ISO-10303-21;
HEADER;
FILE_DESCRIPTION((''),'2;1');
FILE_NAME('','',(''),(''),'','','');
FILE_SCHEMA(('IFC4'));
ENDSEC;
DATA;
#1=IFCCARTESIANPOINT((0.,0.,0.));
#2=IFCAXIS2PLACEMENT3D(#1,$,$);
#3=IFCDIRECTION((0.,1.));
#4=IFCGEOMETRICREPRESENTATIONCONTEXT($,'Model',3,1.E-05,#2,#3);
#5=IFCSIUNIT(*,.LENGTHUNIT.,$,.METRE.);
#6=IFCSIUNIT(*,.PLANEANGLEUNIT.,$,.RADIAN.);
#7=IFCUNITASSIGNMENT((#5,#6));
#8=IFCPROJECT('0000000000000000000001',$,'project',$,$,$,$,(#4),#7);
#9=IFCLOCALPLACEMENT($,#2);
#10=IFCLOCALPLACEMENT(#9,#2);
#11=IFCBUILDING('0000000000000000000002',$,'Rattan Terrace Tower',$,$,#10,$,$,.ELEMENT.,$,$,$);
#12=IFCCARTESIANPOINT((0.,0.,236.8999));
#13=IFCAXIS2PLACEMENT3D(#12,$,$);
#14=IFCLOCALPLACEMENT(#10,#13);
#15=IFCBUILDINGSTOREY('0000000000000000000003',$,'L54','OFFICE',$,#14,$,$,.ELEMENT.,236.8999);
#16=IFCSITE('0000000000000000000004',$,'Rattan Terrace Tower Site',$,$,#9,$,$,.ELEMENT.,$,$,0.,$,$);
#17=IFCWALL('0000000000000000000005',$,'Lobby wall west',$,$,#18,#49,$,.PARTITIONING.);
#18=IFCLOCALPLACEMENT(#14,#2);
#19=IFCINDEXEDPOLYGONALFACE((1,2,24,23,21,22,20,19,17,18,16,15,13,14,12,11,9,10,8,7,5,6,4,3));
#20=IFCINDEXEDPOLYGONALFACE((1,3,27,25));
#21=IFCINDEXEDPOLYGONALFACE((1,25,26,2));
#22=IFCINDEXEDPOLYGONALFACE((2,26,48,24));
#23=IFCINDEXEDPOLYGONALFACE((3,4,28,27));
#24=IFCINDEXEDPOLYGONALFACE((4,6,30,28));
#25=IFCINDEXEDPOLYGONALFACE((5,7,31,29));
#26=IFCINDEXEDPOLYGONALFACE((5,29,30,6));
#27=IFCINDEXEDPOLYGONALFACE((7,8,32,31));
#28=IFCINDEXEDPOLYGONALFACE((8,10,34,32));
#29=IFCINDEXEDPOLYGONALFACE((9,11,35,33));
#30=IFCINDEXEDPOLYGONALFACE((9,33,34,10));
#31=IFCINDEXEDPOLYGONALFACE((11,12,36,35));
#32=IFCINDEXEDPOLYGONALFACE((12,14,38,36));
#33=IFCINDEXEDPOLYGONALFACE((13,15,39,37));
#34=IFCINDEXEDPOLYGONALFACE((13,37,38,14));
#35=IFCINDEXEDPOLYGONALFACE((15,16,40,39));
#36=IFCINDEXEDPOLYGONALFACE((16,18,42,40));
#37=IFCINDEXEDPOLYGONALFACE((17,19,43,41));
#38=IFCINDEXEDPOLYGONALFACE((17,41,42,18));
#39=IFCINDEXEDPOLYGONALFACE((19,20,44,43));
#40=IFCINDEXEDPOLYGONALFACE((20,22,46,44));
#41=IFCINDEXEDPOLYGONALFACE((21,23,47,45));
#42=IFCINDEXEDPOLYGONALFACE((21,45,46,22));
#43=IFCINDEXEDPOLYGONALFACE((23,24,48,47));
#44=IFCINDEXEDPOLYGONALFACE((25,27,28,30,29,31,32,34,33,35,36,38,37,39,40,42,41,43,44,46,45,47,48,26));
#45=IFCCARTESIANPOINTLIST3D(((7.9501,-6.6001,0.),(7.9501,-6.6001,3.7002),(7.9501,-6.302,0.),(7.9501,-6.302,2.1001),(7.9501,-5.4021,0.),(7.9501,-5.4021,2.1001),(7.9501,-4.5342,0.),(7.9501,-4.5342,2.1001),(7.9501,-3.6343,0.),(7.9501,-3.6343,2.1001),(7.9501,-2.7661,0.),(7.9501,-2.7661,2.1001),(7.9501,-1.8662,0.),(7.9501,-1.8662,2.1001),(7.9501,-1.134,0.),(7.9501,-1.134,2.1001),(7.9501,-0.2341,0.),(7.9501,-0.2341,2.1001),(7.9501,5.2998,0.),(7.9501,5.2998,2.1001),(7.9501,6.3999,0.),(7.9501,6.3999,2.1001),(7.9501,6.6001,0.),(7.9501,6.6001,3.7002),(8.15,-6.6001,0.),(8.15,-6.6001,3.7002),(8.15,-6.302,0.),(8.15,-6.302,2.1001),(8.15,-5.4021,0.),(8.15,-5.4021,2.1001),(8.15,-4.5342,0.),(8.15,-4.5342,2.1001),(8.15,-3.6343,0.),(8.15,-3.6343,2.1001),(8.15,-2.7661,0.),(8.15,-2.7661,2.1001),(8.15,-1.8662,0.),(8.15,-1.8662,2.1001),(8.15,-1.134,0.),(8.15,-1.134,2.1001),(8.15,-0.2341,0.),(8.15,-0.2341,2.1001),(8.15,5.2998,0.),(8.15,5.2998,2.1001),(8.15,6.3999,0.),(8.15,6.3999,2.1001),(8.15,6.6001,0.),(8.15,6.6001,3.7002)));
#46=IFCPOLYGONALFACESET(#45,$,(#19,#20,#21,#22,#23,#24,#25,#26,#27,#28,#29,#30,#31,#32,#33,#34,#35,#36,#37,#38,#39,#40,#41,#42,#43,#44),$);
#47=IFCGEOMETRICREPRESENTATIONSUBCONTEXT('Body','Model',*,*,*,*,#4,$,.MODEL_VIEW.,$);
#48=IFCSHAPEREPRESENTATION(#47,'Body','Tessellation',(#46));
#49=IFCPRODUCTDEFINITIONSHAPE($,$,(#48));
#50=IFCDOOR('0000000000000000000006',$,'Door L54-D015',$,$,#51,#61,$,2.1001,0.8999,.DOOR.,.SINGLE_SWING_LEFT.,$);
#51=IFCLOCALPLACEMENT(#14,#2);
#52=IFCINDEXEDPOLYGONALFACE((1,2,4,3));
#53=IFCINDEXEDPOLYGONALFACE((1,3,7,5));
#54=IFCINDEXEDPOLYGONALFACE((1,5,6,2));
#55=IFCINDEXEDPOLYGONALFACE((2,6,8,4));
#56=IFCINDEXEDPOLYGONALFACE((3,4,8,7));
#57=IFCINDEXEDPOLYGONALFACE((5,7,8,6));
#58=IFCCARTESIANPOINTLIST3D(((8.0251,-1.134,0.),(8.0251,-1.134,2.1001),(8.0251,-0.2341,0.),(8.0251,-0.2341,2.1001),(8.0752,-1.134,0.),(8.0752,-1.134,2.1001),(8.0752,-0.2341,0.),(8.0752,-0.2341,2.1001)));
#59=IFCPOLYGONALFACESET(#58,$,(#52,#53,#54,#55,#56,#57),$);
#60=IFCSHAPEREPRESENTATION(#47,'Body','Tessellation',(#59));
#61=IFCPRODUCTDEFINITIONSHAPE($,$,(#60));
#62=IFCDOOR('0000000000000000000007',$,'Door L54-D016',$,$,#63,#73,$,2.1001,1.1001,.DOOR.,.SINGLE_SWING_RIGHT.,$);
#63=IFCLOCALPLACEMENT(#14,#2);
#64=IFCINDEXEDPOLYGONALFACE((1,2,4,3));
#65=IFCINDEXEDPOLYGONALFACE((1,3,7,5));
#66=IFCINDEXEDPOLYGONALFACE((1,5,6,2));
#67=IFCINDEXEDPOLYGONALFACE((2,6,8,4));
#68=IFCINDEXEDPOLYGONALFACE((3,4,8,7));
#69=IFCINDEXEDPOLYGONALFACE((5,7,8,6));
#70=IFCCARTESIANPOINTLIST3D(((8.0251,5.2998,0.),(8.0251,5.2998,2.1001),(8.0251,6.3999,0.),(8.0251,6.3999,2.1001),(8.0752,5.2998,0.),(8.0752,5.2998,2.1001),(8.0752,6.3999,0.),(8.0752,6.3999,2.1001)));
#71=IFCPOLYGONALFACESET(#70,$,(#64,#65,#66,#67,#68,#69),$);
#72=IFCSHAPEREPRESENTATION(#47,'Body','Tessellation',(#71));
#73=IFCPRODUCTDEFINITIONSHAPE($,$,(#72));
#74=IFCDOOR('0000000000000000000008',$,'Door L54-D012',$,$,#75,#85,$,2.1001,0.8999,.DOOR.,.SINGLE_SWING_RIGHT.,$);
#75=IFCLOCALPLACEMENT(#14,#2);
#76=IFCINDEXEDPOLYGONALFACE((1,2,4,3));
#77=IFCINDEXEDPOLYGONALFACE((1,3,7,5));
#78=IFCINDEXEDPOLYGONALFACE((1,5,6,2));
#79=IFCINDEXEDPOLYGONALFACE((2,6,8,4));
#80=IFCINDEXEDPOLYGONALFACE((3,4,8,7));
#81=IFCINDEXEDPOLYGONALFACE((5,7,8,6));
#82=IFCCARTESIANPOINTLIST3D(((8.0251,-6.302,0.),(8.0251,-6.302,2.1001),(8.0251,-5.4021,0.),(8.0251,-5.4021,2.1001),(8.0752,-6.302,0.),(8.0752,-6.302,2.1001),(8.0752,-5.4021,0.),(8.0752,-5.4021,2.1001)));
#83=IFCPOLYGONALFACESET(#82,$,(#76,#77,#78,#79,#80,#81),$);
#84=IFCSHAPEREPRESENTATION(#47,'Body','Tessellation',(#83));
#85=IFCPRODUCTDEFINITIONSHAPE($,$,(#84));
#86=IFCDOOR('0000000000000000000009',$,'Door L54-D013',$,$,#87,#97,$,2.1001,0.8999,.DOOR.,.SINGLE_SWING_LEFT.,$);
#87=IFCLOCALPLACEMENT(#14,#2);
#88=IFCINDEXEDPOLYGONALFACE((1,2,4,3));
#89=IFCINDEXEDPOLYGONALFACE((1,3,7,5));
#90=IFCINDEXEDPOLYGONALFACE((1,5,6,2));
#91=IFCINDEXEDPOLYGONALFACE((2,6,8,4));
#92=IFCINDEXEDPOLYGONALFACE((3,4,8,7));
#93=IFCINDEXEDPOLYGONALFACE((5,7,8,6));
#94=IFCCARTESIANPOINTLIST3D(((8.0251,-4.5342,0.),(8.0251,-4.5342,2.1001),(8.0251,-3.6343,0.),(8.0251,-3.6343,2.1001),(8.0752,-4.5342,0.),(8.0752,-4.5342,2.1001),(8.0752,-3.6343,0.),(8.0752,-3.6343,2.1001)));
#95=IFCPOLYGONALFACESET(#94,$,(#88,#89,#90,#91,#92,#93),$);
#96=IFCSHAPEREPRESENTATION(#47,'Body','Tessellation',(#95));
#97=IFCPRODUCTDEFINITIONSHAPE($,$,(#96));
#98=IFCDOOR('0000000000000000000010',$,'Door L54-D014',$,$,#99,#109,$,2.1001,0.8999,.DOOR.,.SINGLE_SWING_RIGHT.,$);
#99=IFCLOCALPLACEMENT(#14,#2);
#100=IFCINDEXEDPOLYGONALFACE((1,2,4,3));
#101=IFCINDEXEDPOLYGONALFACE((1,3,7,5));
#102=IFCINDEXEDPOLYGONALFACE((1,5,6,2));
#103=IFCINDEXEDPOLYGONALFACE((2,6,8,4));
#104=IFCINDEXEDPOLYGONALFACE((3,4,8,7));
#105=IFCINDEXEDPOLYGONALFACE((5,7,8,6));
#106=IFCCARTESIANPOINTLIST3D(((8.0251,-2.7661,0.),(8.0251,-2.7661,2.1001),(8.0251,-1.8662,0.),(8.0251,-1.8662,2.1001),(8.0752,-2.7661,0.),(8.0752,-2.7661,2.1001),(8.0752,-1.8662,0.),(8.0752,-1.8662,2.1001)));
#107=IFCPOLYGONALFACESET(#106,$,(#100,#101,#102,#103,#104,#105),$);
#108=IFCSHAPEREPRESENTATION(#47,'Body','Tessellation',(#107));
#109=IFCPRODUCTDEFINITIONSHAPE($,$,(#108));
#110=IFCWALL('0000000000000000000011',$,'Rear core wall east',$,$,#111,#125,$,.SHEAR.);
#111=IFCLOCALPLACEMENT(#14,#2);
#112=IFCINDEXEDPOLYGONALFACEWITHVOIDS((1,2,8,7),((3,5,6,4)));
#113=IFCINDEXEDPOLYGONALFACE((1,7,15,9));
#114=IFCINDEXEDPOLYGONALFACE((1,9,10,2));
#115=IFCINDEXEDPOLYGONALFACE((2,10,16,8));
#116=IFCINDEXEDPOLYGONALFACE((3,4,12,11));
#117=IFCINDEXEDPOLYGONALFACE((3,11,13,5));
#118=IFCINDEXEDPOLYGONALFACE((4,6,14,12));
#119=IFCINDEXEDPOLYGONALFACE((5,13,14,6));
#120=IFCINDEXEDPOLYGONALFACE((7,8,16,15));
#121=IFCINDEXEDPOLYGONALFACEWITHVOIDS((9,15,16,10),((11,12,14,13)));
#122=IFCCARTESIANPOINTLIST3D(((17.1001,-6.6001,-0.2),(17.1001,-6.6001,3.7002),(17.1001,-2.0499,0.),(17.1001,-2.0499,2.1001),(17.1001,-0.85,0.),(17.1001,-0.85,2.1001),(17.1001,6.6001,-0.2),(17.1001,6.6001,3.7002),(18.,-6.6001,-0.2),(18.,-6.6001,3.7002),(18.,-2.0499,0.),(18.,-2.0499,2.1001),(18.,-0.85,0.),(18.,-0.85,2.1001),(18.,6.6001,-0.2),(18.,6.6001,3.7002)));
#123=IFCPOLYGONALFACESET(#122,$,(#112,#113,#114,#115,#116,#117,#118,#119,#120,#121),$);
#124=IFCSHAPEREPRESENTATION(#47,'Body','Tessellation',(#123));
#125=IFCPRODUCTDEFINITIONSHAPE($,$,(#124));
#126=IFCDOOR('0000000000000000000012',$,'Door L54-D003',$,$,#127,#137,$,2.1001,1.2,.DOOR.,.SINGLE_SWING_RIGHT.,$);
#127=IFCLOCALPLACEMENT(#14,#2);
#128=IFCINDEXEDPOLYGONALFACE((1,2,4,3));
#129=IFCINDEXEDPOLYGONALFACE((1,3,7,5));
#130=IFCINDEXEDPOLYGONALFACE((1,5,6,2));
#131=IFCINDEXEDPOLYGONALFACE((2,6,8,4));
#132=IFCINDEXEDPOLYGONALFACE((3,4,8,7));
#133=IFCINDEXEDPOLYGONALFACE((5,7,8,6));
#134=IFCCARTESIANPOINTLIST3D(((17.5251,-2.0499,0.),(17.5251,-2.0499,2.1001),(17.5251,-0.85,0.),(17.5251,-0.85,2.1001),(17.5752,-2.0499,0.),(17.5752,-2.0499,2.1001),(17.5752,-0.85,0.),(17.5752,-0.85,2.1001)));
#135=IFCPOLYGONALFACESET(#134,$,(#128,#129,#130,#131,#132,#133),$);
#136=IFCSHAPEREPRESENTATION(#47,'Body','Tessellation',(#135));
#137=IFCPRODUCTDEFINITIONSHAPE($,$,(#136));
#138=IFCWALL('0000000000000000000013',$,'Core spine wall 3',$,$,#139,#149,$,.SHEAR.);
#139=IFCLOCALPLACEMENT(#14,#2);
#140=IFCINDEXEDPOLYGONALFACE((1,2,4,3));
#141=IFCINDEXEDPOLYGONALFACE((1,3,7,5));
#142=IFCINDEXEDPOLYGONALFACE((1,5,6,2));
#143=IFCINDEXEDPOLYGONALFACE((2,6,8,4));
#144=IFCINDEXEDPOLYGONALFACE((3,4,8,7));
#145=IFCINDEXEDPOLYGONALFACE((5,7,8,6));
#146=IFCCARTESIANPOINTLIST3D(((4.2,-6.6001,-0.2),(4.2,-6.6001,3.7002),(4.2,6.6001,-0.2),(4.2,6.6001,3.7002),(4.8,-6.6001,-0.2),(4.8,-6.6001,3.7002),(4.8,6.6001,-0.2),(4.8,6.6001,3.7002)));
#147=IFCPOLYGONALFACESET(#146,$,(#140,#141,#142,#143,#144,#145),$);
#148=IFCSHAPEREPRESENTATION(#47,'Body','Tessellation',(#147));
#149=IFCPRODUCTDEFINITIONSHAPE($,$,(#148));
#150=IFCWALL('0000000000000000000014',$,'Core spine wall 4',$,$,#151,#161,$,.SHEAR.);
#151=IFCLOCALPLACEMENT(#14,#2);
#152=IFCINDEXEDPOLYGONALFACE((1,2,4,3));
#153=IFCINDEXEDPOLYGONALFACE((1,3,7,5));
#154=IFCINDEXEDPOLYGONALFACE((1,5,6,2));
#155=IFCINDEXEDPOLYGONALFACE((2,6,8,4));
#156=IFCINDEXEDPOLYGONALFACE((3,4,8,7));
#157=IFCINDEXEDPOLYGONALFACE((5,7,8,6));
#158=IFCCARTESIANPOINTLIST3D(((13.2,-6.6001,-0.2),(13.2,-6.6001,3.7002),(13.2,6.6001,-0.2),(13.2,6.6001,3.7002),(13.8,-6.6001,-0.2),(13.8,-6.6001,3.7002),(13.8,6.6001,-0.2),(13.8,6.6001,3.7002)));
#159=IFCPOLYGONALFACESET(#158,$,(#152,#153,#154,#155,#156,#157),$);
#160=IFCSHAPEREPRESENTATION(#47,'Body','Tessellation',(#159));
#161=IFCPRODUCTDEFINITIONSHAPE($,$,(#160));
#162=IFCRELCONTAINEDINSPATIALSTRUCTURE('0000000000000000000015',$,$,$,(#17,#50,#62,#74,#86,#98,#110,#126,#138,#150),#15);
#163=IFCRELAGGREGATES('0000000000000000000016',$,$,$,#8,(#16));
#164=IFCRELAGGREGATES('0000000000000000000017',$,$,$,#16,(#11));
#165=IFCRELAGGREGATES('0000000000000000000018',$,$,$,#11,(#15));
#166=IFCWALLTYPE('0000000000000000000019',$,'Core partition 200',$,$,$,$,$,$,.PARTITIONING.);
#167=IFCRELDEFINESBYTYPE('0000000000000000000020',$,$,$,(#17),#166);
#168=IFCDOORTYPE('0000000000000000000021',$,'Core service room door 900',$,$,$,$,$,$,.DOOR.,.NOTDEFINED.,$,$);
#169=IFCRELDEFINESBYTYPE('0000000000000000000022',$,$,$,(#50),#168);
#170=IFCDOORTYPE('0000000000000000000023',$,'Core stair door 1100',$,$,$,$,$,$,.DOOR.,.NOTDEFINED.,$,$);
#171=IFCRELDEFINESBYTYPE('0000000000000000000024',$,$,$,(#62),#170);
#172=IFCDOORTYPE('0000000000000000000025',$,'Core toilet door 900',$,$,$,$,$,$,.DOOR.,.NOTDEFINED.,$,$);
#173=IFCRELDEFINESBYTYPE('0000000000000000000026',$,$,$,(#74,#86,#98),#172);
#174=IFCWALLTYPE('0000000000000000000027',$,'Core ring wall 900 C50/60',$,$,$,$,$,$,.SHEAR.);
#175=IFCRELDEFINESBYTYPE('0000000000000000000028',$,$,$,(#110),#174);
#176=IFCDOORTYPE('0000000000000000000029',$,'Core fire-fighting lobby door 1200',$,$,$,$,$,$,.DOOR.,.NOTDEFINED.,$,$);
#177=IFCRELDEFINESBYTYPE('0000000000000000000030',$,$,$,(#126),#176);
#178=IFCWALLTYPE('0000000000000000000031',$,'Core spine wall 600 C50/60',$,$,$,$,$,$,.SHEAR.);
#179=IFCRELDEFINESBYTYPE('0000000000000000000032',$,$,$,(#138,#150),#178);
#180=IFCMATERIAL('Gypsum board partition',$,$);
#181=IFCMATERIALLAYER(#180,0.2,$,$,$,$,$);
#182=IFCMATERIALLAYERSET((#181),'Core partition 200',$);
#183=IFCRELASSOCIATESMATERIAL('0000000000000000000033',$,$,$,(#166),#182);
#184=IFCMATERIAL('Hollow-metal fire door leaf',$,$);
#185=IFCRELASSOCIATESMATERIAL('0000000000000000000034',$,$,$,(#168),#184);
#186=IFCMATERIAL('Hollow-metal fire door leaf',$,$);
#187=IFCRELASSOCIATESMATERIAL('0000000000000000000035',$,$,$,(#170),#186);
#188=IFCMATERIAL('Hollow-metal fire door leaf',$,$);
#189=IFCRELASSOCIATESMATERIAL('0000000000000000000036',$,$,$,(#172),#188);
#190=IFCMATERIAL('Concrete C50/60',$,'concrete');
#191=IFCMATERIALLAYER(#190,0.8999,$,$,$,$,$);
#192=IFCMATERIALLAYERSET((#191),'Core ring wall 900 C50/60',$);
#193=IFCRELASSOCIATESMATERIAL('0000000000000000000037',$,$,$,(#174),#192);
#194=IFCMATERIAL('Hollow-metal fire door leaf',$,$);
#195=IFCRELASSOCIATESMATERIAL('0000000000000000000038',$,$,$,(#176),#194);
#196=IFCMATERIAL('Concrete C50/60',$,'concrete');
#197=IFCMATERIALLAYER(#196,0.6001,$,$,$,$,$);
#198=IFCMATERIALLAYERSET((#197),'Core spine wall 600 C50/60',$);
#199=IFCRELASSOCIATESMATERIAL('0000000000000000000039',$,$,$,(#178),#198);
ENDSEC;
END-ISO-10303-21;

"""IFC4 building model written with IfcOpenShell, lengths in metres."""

from ifc_helpers import new_model, si_unit, direction, frame, frame_2d, origin, place, context, subcontext, project, spatial, rectangle, extrude, material, layer, layer_set, type_object, element, fill, save


model = new_model("IFC4")

# Units and contexts
model_context = context("Model", 3, precision=1e-05, world=origin(), true_north=direction((0.0, 1.0)))
body_context = subcontext(model_context, "Body", "Model", "MODEL_VIEW")
ifc_project = project(units=[si_unit("LENGTHUNIT", "METRE"), si_unit("PLANEANGLEUNIT", "RADIAN")], contexts=[model_context])

# Site, building, storey
site_placement = place(None, origin())
site = spatial("IfcSite", under=ifc_project, at=site_placement, Name="Rattan Terrace Tower Site", CompositionType="ELEMENT", RefElevation=0.0)
building_placement = place(site_placement, origin())
building = spatial("IfcBuilding", under=site, at=building_placement, Name="Rattan Terrace Tower", CompositionType="ELEMENT")
storey_placement = place(building_placement, frame((0.0, 0.0, 236.8999)))
storey = spatial("IfcBuildingStorey", under=building, at=storey_placement, Name="L54", Description="OFFICE", CompositionType="ELEMENT", Elevation=236.8999)

# Shared definitions
ifc_material_1 = material(Name="Gypsum board partition")
ifc_layer_1 = layer(ifc_material_1, 0.2)
ifc_layer_set_1 = layer_set([ifc_layer_1], Name="Core partition 200")
wall_type_1 = type_object("IfcWallType", Name="Core partition 200", PredefinedType="PARTITIONING", material=ifc_layer_set_1)

# Wall, openings, doors
wall_1_placement = place(storey_placement, frame((8.05, -6.6001, 0.0), z_axis=(0.0, 0.0, 1.0), x_axis=(0.0, 1.0, 0.0)))
wall_1 = element("IfcWall", 1, at=wall_1_placement, inside=storey, type_object=wall_type_1, Name="Lobby wall west", PredefinedType="PARTITIONING", context=body_context, shape_type="SweptSolid", body=[
    extrude(rectangle(XDim=13.2002, YDim=0.2, at=frame_2d((6.6001, 0.0))), origin(), (0.0, 0.0, 1.0), 3.7002),
])
opening_1_placement = place(wall_1_placement, frame((0.2981, 0.0, 0.0)))
opening_1 = element("IfcOpeningElement", 2, at=opening_1_placement, cuts=wall_1, PredefinedType="OPENING", context=body_context, shape_type="SweptSolid", body=[
    extrude(rectangle(XDim=0.8999, YDim=2.1001, at=frame_2d((0.45, 1.05))), frame((0.0, 0.1106, 0.0), z_axis=(0.0, -1.0, 0.0), x_axis=(1.0, 0.0, 0.0)), (0.0, 0.0, 1.0), 0.2209),
])
opening_2_placement = place(wall_1_placement, frame((2.0659, 0.0, 0.0)))
opening_2 = element("IfcOpeningElement", 3, at=opening_2_placement, cuts=wall_1, PredefinedType="OPENING", context=body_context, shape_type="SweptSolid", body=[
    extrude(rectangle(XDim=0.8999, YDim=2.1001, at=frame_2d((0.45, 1.05))), frame((0.0, 0.1106, 0.0), z_axis=(0.0, -1.0, 0.0), x_axis=(1.0, 0.0, 0.0)), (0.0, 0.0, 1.0), 0.2209),
])
opening_3_placement = place(wall_1_placement, frame((3.834, 0.0, 0.0)))
opening_3 = element("IfcOpeningElement", 4, at=opening_3_placement, cuts=wall_1, PredefinedType="OPENING", context=body_context, shape_type="SweptSolid", body=[
    extrude(rectangle(XDim=0.8999, YDim=2.1001, at=frame_2d((0.45, 1.05))), frame((0.0, 0.1106, 0.0), z_axis=(0.0, -1.0, 0.0), x_axis=(1.0, 0.0, 0.0)), (0.0, 0.0, 1.0), 0.2209),
])
opening_4_placement = place(wall_1_placement, frame((5.4661, 0.0, 0.0)))
opening_4 = element("IfcOpeningElement", 5, at=opening_4_placement, cuts=wall_1, PredefinedType="OPENING", context=body_context, shape_type="SweptSolid", body=[
    extrude(rectangle(XDim=0.8999, YDim=2.1001, at=frame_2d((0.45, 1.05))), frame((0.0, 0.1106, 0.0), z_axis=(0.0, -1.0, 0.0), x_axis=(1.0, 0.0, 0.0)), (0.0, 0.0, 1.0), 0.2209),
])
opening_5_placement = place(wall_1_placement, frame((11.8999, 0.0, 0.0)))
opening_5 = element("IfcOpeningElement", 6, at=opening_5_placement, cuts=wall_1, PredefinedType="OPENING", context=body_context, shape_type="SweptSolid", body=[
    extrude(rectangle(XDim=1.1001, YDim=2.1001, at=frame_2d((0.55, 1.05))), frame((0.0, 0.1106, 0.0), z_axis=(0.0, -1.0, 0.0), x_axis=(1.0, 0.0, 0.0)), (0.0, 0.0, 1.0), 0.2209),
])
ifc_material_2 = material(Name="Hollow-metal fire door leaf")
door_type_1 = type_object("IfcDoorType", Name="Core service room door 900", OperationType="NOTDEFINED", PredefinedType="DOOR", material=ifc_material_2)
door_1_placement = place(opening_4_placement, origin())
door_1 = element("IfcDoor", 7, at=door_1_placement, inside=storey, type_object=door_type_1, Name="Door L54-D015", OperationType="SINGLE_SWING_LEFT", OverallHeight=2.1001, OverallWidth=0.8999, PredefinedType="DOOR", context=body_context, shape_type="SweptSolid", body=[
    extrude(rectangle(XDim=0.8999, YDim=2.1001, at=frame_2d((0.45, 1.05))), frame((0.0, 0.0249, 0.0), z_axis=(0.0, -1.0, 0.0), x_axis=(1.0, 0.0, 0.0)), (0.0, 0.0, 1.0), 0.05),
])
fill(opening_4, door_1)
ifc_material_3 = material(Name="Hollow-metal fire door leaf")
door_type_2 = type_object("IfcDoorType", Name="Core stair door 1100", OperationType="NOTDEFINED", PredefinedType="DOOR", material=ifc_material_3)
door_2_placement = place(opening_5_placement, origin())
door_2 = element("IfcDoor", 8, at=door_2_placement, inside=storey, type_object=door_type_2, Name="Door L54-D016", OperationType="SINGLE_SWING_RIGHT", OverallHeight=2.1001, OverallWidth=1.1001, PredefinedType="DOOR", context=body_context, shape_type="SweptSolid", body=[
    extrude(rectangle(XDim=1.1001, YDim=2.1001, at=frame_2d((0.55, 1.05))), frame((0.0, 0.0249, 0.0), z_axis=(0.0, -1.0, 0.0), x_axis=(1.0, 0.0, 0.0)), (0.0, 0.0, 1.0), 0.05),
])
fill(opening_5, door_2)
ifc_material_4 = material(Name="Hollow-metal fire door leaf")
door_type_3 = type_object("IfcDoorType", Name="Core toilet door 900", OperationType="NOTDEFINED", PredefinedType="DOOR", material=ifc_material_4)
door_3_placement = place(opening_1_placement, origin())
door_3 = element("IfcDoor", 9, at=door_3_placement, inside=storey, type_object=door_type_3, Name="Door L54-D012", OperationType="SINGLE_SWING_RIGHT", OverallHeight=2.1001, OverallWidth=0.8999, PredefinedType="DOOR", context=body_context, shape_type="SweptSolid", body=[
    extrude(rectangle(XDim=0.8999, YDim=2.1001, at=frame_2d((0.45, 1.05))), frame((0.0, 0.0249, 0.0), z_axis=(0.0, -1.0, 0.0), x_axis=(1.0, 0.0, 0.0)), (0.0, 0.0, 1.0), 0.05),
])
fill(opening_1, door_3)
door_4_placement = place(opening_2_placement, origin())
door_4 = element("IfcDoor", 10, at=door_4_placement, inside=storey, type_object=door_type_3, Name="Door L54-D013", OperationType="SINGLE_SWING_LEFT", OverallHeight=2.1001, OverallWidth=0.8999, PredefinedType="DOOR", context=body_context, shape_type="SweptSolid", body=[
    extrude(rectangle(XDim=0.8999, YDim=2.1001, at=frame_2d((0.45, 1.05))), frame((0.0, 0.0249, 0.0), z_axis=(0.0, -1.0, 0.0), x_axis=(1.0, 0.0, 0.0)), (0.0, 0.0, 1.0), 0.05),
])
fill(opening_2, door_4)
door_5_placement = place(opening_3_placement, origin())
door_5 = element("IfcDoor", 11, at=door_5_placement, inside=storey, type_object=door_type_3, Name="Door L54-D014", OperationType="SINGLE_SWING_RIGHT", OverallHeight=2.1001, OverallWidth=0.8999, PredefinedType="DOOR", context=body_context, shape_type="SweptSolid", body=[
    extrude(rectangle(XDim=0.8999, YDim=2.1001, at=frame_2d((0.45, 1.05))), frame((0.0, 0.0249, 0.0), z_axis=(0.0, -1.0, 0.0), x_axis=(1.0, 0.0, 0.0)), (0.0, 0.0, 1.0), 0.05),
])
fill(opening_3, door_5)

# Wall, opening, door
ifc_material_5 = material(Name="Concrete C50/60", Category="concrete")
ifc_layer_2 = layer(ifc_material_5, 0.8999)
ifc_layer_set_2 = layer_set([ifc_layer_2], Name="Core ring wall 900 C50/60")
wall_type_2 = type_object("IfcWallType", Name="Core ring wall 900 C50/60", PredefinedType="SHEAR", material=ifc_layer_set_2)
wall_2_placement = place(storey_placement, frame((17.55, -6.6001, -0.2), z_axis=(0.0, 0.0, 1.0), x_axis=(0.0, 1.0, 0.0)))
wall_2 = element("IfcWall", 12, at=wall_2_placement, inside=storey, type_object=wall_type_2, Name="Rear core wall east", PredefinedType="SHEAR", context=body_context, shape_type="SweptSolid", body=[
    extrude(rectangle(XDim=13.2002, YDim=0.8999, at=frame_2d((6.6001, 0.0))), origin(), (0.0, 0.0, 1.0), 3.9001),
])
opening_6_placement = place(wall_2_placement, frame((4.55, 0.0, 0.2)))
opening_6 = element("IfcOpeningElement", 13, at=opening_6_placement, cuts=wall_2, PredefinedType="OPENING", context=body_context, shape_type="SweptSolid", body=[
    extrude(rectangle(XDim=1.2, YDim=2.1001, at=frame_2d((0.6001, 1.05))), frame((0.0, 0.4604, 0.0), z_axis=(0.0, -1.0, 0.0), x_axis=(1.0, 0.0, 0.0)), (0.0, 0.0, 1.0), 0.9209),
])
ifc_material_6 = material(Name="Hollow-metal fire door leaf")
door_type_4 = type_object("IfcDoorType", Name="Core fire-fighting lobby door 1200", OperationType="NOTDEFINED", PredefinedType="DOOR", material=ifc_material_6)
door_6_placement = place(opening_6_placement, origin())
door_6 = element("IfcDoor", 14, at=door_6_placement, inside=storey, type_object=door_type_4, Name="Door L54-D003", OperationType="SINGLE_SWING_RIGHT", OverallHeight=2.1001, OverallWidth=1.2, PredefinedType="DOOR", context=body_context, shape_type="SweptSolid", body=[
    extrude(rectangle(XDim=1.2, YDim=2.1001, at=frame_2d((0.6001, 1.05))), frame((0.0, 0.0249, 0.0), z_axis=(0.0, -1.0, 0.0), x_axis=(1.0, 0.0, 0.0)), (0.0, 0.0, 1.0), 0.05),
])
fill(opening_6, door_6)

# Walls
ifc_material_7 = material(Name="Concrete C50/60", Category="concrete")
ifc_layer_3 = layer(ifc_material_7, 0.6001)
ifc_layer_set_3 = layer_set([ifc_layer_3], Name="Core spine wall 600 C50/60")
wall_type_3 = type_object("IfcWallType", Name="Core spine wall 600 C50/60", PredefinedType="SHEAR", material=ifc_layer_set_3)
for number, where, z_axis, x_axis, name in (
    (15, (4.5, -6.6001, -0.2), (0.0, 0.0, 1.0), (0.0, 1.0, 0.0), "Core spine wall 3"),
    (16, (13.5, -6.6001, -0.2), (0.0, 0.0, 1.0), (0.0, 1.0, 0.0), "Core spine wall 4"),
):
    element("IfcWall", number, at=place(storey_placement, frame(where, z_axis=z_axis, x_axis=x_axis)), inside=storey, type_object=wall_type_3, Name=name, PredefinedType="SHEAR", context=body_context, shape_type="SweptSolid", body=[
        extrude(rectangle(XDim=13.2002, YDim=0.6001, at=frame_2d((6.6001, 0.0))), origin(), (0.0, 0.0, 1.0), 3.9001),
    ])

save(model, "model.ifc")
